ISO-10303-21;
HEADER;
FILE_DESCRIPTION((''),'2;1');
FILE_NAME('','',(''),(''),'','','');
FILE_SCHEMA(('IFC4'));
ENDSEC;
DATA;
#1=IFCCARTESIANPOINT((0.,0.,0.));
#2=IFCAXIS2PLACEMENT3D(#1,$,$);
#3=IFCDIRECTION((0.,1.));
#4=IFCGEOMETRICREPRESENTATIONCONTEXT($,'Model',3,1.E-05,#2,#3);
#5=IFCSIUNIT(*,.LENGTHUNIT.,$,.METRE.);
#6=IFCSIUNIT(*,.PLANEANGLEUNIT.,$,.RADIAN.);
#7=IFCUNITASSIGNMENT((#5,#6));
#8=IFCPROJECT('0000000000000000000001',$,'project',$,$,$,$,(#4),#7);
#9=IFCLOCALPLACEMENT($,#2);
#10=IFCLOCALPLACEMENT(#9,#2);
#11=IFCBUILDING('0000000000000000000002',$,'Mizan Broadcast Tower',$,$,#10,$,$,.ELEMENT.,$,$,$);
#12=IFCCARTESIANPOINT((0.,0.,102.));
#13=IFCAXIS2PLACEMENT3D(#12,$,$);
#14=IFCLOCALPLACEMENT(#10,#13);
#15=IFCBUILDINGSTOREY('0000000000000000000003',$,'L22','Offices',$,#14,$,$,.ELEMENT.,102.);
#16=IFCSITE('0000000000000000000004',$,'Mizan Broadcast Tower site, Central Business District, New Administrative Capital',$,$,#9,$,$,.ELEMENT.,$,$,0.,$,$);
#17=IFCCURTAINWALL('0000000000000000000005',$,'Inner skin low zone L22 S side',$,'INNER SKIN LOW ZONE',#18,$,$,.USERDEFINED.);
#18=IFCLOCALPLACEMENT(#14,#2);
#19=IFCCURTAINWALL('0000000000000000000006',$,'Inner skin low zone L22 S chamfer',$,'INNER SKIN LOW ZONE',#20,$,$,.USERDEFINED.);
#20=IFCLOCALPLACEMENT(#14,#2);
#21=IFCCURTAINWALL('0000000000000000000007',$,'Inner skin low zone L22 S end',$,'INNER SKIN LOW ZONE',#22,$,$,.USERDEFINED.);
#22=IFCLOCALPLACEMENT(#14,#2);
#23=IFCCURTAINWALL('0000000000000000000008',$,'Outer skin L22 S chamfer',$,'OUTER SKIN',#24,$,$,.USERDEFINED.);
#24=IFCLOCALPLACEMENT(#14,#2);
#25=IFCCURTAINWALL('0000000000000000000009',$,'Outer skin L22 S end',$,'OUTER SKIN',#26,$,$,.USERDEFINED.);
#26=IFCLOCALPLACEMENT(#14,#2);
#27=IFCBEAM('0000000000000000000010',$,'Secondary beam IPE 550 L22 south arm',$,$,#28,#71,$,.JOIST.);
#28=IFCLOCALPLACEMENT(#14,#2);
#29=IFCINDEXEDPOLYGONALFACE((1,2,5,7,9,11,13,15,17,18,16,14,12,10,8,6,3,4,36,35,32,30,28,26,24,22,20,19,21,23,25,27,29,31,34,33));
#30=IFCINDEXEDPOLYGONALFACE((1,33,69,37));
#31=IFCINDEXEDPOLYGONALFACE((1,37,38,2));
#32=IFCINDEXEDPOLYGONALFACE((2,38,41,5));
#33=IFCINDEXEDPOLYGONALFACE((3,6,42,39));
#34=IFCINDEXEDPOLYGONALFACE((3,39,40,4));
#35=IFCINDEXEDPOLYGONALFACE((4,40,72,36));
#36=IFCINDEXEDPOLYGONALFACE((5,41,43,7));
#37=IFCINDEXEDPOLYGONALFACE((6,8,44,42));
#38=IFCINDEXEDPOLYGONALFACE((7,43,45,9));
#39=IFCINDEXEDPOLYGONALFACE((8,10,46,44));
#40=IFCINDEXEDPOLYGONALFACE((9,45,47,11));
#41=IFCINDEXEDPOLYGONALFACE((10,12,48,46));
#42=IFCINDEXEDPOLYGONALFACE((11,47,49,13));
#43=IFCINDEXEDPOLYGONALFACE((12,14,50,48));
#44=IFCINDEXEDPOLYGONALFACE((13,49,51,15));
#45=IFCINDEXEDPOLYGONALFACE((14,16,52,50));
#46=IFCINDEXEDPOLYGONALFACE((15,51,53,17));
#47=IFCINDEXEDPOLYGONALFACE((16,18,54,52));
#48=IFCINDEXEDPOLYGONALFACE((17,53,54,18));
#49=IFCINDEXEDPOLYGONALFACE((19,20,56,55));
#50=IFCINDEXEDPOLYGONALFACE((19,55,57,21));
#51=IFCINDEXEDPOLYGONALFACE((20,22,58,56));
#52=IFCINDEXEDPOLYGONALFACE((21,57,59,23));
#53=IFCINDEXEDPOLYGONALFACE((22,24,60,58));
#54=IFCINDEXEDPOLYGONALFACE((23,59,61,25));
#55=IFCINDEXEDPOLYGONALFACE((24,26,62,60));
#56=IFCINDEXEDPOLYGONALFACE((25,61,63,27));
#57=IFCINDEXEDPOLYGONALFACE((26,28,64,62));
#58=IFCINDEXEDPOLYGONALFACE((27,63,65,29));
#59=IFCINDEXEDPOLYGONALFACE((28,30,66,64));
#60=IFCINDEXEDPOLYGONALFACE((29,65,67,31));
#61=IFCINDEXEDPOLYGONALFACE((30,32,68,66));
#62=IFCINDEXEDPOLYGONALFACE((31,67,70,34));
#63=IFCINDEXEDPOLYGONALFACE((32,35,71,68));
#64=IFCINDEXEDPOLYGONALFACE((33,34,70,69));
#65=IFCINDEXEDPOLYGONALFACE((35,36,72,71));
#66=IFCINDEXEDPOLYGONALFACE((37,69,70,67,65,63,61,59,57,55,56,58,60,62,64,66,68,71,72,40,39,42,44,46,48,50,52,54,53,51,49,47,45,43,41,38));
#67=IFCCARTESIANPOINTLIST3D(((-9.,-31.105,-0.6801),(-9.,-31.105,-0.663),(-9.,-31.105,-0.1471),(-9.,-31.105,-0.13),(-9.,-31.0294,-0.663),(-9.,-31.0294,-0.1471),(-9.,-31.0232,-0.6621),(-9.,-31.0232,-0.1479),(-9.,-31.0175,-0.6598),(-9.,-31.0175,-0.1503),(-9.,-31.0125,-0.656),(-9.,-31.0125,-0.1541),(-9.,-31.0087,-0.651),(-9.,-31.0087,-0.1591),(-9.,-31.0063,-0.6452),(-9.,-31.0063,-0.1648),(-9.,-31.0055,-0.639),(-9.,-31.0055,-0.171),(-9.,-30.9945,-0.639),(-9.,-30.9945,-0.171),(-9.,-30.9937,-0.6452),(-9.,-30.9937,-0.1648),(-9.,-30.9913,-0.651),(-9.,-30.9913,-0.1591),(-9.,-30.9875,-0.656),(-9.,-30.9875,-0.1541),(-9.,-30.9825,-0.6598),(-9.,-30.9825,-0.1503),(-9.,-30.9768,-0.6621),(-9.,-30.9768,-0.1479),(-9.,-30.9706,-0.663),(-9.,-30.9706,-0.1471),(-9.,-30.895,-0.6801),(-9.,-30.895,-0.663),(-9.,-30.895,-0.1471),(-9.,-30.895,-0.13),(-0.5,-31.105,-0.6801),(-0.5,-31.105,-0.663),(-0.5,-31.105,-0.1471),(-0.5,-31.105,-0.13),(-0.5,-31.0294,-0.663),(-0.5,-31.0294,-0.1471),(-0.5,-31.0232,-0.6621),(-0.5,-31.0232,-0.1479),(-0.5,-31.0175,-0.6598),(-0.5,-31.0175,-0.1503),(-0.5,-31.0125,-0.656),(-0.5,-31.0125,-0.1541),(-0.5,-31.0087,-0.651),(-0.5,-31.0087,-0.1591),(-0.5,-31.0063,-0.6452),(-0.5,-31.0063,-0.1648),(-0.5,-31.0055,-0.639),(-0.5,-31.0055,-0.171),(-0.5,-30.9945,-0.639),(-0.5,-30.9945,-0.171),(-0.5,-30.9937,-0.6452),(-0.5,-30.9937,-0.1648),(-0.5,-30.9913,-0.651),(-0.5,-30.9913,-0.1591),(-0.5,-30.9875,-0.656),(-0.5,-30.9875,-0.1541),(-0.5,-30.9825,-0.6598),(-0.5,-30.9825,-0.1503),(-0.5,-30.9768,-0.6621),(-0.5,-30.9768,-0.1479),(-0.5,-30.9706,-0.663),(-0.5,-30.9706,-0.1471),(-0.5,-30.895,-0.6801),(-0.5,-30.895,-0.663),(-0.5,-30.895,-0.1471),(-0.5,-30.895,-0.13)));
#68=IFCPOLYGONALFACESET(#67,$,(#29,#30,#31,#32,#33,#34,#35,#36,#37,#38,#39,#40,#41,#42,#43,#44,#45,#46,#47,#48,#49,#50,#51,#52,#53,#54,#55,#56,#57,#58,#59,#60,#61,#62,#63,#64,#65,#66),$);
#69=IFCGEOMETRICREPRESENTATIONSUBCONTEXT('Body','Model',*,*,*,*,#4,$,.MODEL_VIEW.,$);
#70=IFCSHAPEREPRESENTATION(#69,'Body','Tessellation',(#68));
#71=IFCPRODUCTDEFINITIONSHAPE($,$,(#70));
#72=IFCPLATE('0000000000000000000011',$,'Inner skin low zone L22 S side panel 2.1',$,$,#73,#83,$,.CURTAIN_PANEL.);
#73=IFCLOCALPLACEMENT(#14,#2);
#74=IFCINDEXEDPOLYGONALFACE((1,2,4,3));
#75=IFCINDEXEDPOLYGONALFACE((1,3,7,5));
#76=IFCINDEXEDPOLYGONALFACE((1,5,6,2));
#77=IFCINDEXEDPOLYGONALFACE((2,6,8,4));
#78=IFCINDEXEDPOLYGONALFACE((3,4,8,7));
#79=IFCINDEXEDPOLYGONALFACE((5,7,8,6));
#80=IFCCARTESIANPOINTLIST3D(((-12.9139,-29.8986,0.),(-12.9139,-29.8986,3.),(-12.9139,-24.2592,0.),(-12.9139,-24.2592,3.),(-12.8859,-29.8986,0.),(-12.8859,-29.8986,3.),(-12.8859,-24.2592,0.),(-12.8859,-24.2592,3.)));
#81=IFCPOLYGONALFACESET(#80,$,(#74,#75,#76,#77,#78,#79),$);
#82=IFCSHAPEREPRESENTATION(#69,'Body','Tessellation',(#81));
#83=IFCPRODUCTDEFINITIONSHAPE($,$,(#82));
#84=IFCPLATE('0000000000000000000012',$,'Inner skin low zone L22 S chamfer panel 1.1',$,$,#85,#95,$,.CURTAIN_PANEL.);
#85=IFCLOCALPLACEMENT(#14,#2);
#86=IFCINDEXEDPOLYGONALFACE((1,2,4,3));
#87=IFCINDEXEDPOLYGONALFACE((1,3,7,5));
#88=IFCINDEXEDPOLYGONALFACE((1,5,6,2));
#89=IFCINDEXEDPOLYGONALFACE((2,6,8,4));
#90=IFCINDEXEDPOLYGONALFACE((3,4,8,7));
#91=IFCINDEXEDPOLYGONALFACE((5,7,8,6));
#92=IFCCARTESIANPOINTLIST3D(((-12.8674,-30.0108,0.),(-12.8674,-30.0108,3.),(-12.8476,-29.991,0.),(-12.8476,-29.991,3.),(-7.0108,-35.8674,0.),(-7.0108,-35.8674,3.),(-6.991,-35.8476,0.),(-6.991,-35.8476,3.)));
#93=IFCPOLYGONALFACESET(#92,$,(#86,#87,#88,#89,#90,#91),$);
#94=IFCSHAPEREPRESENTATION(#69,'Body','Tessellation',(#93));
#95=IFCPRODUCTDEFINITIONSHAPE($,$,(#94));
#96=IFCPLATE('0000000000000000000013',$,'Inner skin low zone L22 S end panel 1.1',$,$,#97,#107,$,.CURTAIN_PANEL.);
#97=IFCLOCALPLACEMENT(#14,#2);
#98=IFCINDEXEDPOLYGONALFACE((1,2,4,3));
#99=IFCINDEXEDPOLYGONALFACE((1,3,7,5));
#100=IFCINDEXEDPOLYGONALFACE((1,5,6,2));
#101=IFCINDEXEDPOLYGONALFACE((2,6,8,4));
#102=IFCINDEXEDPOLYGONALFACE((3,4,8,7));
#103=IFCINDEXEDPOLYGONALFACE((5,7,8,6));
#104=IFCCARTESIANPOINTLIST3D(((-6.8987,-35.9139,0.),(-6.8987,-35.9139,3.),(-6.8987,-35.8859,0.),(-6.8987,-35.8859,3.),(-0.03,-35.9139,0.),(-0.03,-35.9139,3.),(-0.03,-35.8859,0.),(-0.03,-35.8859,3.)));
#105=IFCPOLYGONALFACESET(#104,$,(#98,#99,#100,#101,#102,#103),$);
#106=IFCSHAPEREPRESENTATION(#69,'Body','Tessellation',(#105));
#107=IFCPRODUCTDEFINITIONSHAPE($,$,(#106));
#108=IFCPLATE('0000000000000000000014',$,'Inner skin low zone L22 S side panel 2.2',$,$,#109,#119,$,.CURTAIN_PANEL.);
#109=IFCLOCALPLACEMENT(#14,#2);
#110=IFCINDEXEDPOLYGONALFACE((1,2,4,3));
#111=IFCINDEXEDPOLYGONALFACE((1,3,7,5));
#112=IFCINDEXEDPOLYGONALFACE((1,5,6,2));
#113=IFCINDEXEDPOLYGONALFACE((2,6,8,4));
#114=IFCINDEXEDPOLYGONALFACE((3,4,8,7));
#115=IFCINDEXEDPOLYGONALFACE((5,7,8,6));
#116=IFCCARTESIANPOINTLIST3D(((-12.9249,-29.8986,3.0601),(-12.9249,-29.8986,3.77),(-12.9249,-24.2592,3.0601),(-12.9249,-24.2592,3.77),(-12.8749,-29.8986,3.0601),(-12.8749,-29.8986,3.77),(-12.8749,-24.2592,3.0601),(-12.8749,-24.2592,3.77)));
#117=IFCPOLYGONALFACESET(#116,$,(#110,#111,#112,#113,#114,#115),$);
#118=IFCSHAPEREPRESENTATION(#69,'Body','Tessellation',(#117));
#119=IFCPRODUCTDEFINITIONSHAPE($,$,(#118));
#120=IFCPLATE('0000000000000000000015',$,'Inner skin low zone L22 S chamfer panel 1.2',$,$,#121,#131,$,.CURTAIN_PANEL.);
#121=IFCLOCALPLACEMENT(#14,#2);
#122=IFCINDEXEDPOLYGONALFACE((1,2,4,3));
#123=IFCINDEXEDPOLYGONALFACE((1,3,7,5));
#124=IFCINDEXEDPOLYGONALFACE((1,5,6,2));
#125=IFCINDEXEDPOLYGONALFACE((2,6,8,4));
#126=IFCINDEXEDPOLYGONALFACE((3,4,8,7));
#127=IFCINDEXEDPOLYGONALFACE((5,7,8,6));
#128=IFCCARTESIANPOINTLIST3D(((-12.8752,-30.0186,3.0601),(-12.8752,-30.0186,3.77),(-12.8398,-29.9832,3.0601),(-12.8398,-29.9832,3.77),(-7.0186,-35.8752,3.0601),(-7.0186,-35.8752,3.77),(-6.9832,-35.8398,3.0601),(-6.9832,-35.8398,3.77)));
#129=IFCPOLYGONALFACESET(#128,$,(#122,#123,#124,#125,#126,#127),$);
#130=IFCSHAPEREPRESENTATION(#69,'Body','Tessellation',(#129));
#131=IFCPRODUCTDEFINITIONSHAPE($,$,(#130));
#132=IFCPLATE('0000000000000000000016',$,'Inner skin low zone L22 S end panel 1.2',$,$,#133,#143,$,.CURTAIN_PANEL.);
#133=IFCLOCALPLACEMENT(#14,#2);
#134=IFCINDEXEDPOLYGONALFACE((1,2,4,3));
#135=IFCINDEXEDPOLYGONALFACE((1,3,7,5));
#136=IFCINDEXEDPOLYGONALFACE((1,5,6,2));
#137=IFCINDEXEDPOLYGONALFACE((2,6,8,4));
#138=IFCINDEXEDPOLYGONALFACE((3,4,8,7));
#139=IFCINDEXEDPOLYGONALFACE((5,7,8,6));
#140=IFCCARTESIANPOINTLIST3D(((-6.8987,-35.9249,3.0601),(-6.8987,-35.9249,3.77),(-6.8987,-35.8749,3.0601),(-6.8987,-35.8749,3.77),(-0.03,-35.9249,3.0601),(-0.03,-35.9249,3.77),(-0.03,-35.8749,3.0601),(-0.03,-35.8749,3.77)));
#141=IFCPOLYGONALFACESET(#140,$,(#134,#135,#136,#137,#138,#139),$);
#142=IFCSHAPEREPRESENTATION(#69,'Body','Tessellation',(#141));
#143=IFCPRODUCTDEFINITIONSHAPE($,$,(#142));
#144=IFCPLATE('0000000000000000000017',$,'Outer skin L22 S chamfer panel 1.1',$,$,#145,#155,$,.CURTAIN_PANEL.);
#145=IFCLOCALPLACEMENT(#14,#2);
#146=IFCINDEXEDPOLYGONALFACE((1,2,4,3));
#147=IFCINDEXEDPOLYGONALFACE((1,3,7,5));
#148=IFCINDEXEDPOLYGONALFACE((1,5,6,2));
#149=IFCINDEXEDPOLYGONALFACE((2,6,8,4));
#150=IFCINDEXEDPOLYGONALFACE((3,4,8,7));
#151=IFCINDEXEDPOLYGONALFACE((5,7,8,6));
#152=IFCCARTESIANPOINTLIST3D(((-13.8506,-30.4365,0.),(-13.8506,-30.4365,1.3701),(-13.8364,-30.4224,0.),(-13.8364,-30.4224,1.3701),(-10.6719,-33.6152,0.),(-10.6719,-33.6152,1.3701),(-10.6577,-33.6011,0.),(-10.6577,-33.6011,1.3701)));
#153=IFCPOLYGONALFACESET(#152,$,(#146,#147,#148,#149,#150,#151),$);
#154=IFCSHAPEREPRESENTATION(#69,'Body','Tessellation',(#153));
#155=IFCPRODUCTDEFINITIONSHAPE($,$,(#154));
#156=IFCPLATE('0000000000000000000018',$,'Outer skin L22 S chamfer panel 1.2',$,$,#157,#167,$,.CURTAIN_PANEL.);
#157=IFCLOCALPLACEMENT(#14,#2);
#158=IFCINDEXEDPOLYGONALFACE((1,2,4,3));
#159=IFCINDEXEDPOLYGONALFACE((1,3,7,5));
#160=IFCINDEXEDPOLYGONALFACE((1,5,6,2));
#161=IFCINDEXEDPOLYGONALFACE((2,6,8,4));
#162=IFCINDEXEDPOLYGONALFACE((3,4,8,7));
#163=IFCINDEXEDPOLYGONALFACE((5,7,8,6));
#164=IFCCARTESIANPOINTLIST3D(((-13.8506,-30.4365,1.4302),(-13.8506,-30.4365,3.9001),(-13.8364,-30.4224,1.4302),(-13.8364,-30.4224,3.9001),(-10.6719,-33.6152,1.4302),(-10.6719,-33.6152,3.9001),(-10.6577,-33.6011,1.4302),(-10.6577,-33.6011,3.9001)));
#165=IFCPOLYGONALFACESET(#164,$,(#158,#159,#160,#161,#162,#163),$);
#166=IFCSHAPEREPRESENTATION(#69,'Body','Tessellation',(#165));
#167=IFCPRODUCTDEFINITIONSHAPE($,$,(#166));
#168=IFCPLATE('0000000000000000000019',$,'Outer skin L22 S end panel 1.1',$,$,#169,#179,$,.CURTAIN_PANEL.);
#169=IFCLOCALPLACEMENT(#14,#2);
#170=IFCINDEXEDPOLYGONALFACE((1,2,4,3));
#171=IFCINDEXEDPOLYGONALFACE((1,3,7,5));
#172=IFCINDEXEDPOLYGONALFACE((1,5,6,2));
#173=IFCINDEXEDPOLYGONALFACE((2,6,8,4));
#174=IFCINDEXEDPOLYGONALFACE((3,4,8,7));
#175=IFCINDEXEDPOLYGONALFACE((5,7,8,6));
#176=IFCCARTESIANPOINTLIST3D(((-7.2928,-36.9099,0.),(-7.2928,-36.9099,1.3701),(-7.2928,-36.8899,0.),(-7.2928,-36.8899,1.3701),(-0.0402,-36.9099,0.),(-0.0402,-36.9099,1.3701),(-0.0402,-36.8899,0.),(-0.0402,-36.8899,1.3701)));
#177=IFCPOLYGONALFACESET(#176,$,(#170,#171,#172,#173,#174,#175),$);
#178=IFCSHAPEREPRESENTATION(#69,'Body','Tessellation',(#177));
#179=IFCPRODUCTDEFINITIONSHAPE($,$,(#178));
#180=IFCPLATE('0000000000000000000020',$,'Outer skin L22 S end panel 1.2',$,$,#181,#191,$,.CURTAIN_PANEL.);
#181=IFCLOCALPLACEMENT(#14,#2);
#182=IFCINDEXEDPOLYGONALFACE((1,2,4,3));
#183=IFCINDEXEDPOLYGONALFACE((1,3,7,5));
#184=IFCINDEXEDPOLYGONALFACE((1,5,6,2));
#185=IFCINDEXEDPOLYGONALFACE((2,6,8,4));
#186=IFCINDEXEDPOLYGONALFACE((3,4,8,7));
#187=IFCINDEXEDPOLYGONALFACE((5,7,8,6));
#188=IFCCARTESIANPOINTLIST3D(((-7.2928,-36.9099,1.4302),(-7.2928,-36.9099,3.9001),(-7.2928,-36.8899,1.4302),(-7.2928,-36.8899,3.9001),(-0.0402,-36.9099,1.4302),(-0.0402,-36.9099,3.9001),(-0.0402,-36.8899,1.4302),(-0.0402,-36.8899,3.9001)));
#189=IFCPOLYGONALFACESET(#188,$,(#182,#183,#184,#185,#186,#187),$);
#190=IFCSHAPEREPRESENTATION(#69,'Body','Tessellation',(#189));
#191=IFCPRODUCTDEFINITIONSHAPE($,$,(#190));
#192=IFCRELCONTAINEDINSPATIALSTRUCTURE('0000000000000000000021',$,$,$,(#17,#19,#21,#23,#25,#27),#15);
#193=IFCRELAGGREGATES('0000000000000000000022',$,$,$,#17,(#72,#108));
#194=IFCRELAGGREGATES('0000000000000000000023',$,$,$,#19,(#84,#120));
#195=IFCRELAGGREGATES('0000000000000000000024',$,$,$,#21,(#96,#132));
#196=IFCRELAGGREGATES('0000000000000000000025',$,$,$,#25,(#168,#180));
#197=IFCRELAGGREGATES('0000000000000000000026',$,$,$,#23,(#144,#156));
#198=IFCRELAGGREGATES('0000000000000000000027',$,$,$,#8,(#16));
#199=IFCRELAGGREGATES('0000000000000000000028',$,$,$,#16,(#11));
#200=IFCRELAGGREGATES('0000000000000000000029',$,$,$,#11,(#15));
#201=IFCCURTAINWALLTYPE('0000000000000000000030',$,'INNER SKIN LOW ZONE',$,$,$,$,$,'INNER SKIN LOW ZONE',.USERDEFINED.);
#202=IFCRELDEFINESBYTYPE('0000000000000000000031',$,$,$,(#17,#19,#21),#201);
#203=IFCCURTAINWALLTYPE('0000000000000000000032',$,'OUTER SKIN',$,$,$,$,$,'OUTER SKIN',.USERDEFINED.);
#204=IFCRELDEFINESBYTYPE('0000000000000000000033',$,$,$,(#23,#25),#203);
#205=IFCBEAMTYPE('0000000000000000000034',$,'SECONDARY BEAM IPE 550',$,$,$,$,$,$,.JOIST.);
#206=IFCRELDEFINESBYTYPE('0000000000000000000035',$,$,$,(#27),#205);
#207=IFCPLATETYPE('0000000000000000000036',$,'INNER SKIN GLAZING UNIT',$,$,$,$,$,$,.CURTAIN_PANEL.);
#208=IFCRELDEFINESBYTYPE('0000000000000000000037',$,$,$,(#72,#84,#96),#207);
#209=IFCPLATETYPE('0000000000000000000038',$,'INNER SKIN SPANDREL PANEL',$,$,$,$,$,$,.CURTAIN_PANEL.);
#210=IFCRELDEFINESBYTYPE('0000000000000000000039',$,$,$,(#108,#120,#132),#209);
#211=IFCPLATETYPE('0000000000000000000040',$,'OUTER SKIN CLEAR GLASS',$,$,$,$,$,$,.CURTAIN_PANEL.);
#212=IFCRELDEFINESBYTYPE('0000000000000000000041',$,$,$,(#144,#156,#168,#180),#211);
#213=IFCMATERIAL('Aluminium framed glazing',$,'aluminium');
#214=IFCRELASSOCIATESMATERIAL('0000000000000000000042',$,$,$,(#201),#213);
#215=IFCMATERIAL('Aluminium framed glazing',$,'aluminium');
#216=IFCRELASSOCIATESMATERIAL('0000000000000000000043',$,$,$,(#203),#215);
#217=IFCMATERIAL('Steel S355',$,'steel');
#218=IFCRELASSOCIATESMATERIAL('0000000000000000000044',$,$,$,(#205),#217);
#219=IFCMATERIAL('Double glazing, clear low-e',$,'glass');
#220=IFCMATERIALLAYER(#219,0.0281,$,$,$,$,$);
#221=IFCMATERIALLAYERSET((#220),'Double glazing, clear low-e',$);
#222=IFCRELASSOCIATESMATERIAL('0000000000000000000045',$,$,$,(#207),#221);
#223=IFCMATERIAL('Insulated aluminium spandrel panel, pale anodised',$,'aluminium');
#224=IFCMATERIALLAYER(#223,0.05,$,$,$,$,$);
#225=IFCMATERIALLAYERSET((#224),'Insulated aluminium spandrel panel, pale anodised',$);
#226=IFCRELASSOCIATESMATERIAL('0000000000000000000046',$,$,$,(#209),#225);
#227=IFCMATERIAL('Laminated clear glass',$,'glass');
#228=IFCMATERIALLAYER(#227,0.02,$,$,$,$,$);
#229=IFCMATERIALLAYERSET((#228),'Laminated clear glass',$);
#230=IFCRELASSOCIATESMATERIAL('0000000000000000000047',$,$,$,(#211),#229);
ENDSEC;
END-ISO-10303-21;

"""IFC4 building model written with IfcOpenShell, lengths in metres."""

from ifc_helpers import new_model, si_unit, direction, frame, origin, origin_2d, place, context, subcontext, project, spatial, rectangle, i_section, extrude, material, layer, layer_set, material_profile, profile_set, type_object, element, aggregate, save


model = new_model("IFC4")

# Units and contexts
model_context = context("Model", 3, precision=1e-05, world=origin(), true_north=direction((0.0, 1.0)))
body_context = subcontext(model_context, "Body", "Model", "MODEL_VIEW")
ifc_project = project(units=[si_unit("LENGTHUNIT", "METRE"), si_unit("PLANEANGLEUNIT", "RADIAN")], contexts=[model_context])

# Site, building, storey
site_placement = place(None, origin())
site = spatial("IfcSite", under=ifc_project, at=site_placement, Name="Mizan Broadcast Tower site, Central Business District, New Administrative Capital", CompositionType="ELEMENT", RefElevation=0.0)
building_placement = place(site_placement, origin())
building = spatial("IfcBuilding", under=site, at=building_placement, Name="Mizan Broadcast Tower", CompositionType="ELEMENT")
storey_placement = place(building_placement, frame((0.0, 0.0, 102.0)))
storey = spatial("IfcBuildingStorey", under=building, at=storey_placement, Name="L22", Description="Offices", CompositionType="ELEMENT", Elevation=102.0)

# Curtain wall
ifc_material_1 = material(Name="Aluminium framed glazing", Category="aluminium")
curtain_wall_type_1 = type_object("IfcCurtainWallType", Name="INNER SKIN LOW ZONE", ElementType="INNER SKIN LOW ZONE", PredefinedType="USERDEFINED", material=ifc_material_1)
curtain_wall_1_placement = place(storey_placement, origin())
curtain_wall_1 = element("IfcCurtainWall", 1, at=curtain_wall_1_placement, inside=storey, type_object=curtain_wall_type_1, Name="Inner skin low zone L22 S side", ObjectType="INNER SKIN LOW ZONE", PredefinedType="USERDEFINED")

# Curtain wall
curtain_wall_2_placement = place(storey_placement, origin())
curtain_wall_2 = element("IfcCurtainWall", 2, at=curtain_wall_2_placement, inside=storey, type_object=curtain_wall_type_1, Name="Inner skin low zone L22 S chamfer", ObjectType="INNER SKIN LOW ZONE", PredefinedType="USERDEFINED")

# Curtain wall
curtain_wall_3_placement = place(storey_placement, origin())
curtain_wall_3 = element("IfcCurtainWall", 3, at=curtain_wall_3_placement, inside=storey, type_object=curtain_wall_type_1, Name="Inner skin low zone L22 S end", ObjectType="INNER SKIN LOW ZONE", PredefinedType="USERDEFINED")

# Curtain wall
ifc_material_2 = material(Name="Aluminium framed glazing", Category="aluminium")
curtain_wall_type_2 = type_object("IfcCurtainWallType", Name="OUTER SKIN", ElementType="OUTER SKIN", PredefinedType="USERDEFINED", material=ifc_material_2)
curtain_wall_4_placement = place(storey_placement, origin())
curtain_wall_4 = element("IfcCurtainWall", 4, at=curtain_wall_4_placement, inside=storey, type_object=curtain_wall_type_2, Name="Outer skin L22 S chamfer", ObjectType="OUTER SKIN", PredefinedType="USERDEFINED")

# Curtain wall
curtain_wall_5_placement = place(storey_placement, origin())
curtain_wall_5 = element("IfcCurtainWall", 5, at=curtain_wall_5_placement, inside=storey, type_object=curtain_wall_type_2, Name="Outer skin L22 S end", ObjectType="OUTER SKIN", PredefinedType="USERDEFINED")

# Beam
ifc_material_3 = material(Name="Steel S355", Category="steel")
ifc_material_profile_1 = material_profile(ifc_material_3, i_section(OverallWidth=0.21, OverallDepth=0.55, WebThickness=0.011, FlangeThickness=0.0171, FilletRadius=0.0239, at=origin_2d()), Name="IPE 550")
ifc_profile_set_1 = profile_set([ifc_material_profile_1], Name="Steel S355")
beam_type_1 = type_object("IfcBeamType", Name="SECONDARY BEAM IPE 550", PredefinedType="JOIST", material=ifc_profile_set_1)
beam_1_placement = place(storey_placement, frame((-9.0, -31.0, -0.405), z_axis=(1.0, 0.0, 0.0), x_axis=(0.0, 1.0, 0.0)))
element("IfcBeam", 6, at=beam_1_placement, inside=storey, type_object=beam_type_1, Name="Secondary beam IPE 550 L22 south arm", PredefinedType="JOIST", context=body_context, shape_type="SweptSolid", body=[
    extrude(i_section(OverallWidth=0.21, OverallDepth=0.55, WebThickness=0.011, FlangeThickness=0.0171, FilletRadius=0.0239, at=origin_2d()), origin(), (0.0, 0.0, 1.0), 8.5),
])

# Plates
ifc_material_4 = material(Name="Double glazing, clear low-e", Category="glass")
ifc_layer_1 = layer(ifc_material_4, 0.0281)
ifc_layer_set_1 = layer_set([ifc_layer_1], Name="Double glazing, clear low-e")
plate_type_1 = type_object("IfcPlateType", Name="INNER SKIN GLAZING UNIT", PredefinedType="CURTAIN_PANEL", material=ifc_layer_set_1)
plate_1_placement = place(storey_placement, frame((-12.8999, -27.0789, 0.0), z_axis=(0.0, 0.0, 1.0), x_axis=(0.0, -1.0, 0.0)))
plate_1 = element("IfcPlate", 7, at=plate_1_placement, type_object=plate_type_1, Name="Inner skin low zone L22 S side panel 2.1", PredefinedType="CURTAIN_PANEL", context=body_context, shape_type="SweptSolid", body=[
    extrude(rectangle(XDim=5.6394, YDim=0.0281, at=origin_2d()), origin(), (0.0, 0.0, 1.0), 3.0),
])
plate_2_placement = place(storey_placement, frame((-9.9292, -32.9292, 0.0), z_axis=(0.0, 0.0, 1.0), x_axis=(0.707107, -0.707107, 0.0)))
plate_2 = element("IfcPlate", 8, at=plate_2_placement, type_object=plate_type_1, Name="Inner skin low zone L22 S chamfer panel 1.1", PredefinedType="CURTAIN_PANEL", context=body_context, shape_type="SweptSolid", body=[
    extrude(rectangle(XDim=8.2825, YDim=0.0281, at=origin_2d()), origin(), (0.0, 0.0, 1.0), 3.0),
])
plate_3_placement = place(storey_placement, frame((-3.4644, -35.8999, 0.0), z_axis=(0.0, 0.0, 1.0), x_axis=(1.0, 0.0, 0.0)))
plate_3 = element("IfcPlate", 9, at=plate_3_placement, type_object=plate_type_1, Name="Inner skin low zone L22 S end panel 1.1", PredefinedType="CURTAIN_PANEL", context=body_context, shape_type="SweptSolid", body=[
    extrude(rectangle(XDim=6.8687, YDim=0.0281, at=origin_2d()), origin(), (0.0, 0.0, 1.0), 3.0),
])
ifc_material_5 = material(Name="Insulated aluminium spandrel panel, pale anodised", Category="aluminium")
ifc_layer_2 = layer(ifc_material_5, 0.05)
ifc_layer_set_2 = layer_set([ifc_layer_2], Name="Insulated aluminium spandrel panel, pale anodised")
plate_type_2 = type_object("IfcPlateType", Name="INNER SKIN SPANDREL PANEL", PredefinedType="CURTAIN_PANEL", material=ifc_layer_set_2)
plate_4_placement = place(storey_placement, frame((-12.8999, -27.0789, 3.0601), z_axis=(0.0, 0.0, 1.0), x_axis=(0.0, -1.0, 0.0)))
plate_4 = element("IfcPlate", 10, at=plate_4_placement, type_object=plate_type_2, Name="Inner skin low zone L22 S side panel 2.2", PredefinedType="CURTAIN_PANEL", context=body_context, shape_type="SweptSolid", body=[
    extrude(rectangle(XDim=5.6394, YDim=0.05, at=origin_2d()), origin(), (0.0, 0.0, 1.0), 0.71),
])
aggregate(curtain_wall_1, [plate_1, plate_4])
plate_5_placement = place(storey_placement, frame((-9.9292, -32.9292, 3.0601), z_axis=(0.0, 0.0, 1.0), x_axis=(0.707107, -0.707107, 0.0)))
plate_5 = element("IfcPlate", 11, at=plate_5_placement, type_object=plate_type_2, Name="Inner skin low zone L22 S chamfer panel 1.2", PredefinedType="CURTAIN_PANEL", context=body_context, shape_type="SweptSolid", body=[
    extrude(rectangle(XDim=8.2825, YDim=0.05, at=origin_2d()), origin(), (0.0, 0.0, 1.0), 0.71),
])
aggregate(curtain_wall_2, [plate_2, plate_5])
plate_6_placement = place(storey_placement, frame((-3.4644, -35.8999, 3.0601), z_axis=(0.0, 0.0, 1.0), x_axis=(1.0, 0.0, 0.0)))
plate_6 = element("IfcPlate", 12, at=plate_6_placement, type_object=plate_type_2, Name="Inner skin low zone L22 S end panel 1.2", PredefinedType="CURTAIN_PANEL", context=body_context, shape_type="SweptSolid", body=[
    extrude(rectangle(XDim=6.8687, YDim=0.05, at=origin_2d()), origin(), (0.0, 0.0, 1.0), 0.71),
])
aggregate(curtain_wall_3, [plate_3, plate_6])
ifc_material_6 = material(Name="Laminated clear glass", Category="glass")
ifc_layer_3 = layer(ifc_material_6, 0.02)
ifc_layer_set_3 = layer_set([ifc_layer_3], Name="Laminated clear glass")
plate_type_3 = type_object("IfcPlateType", Name="OUTER SKIN CLEAR GLASS", PredefinedType="CURTAIN_PANEL", material=ifc_layer_set_3)
plate_7_placement = place(storey_placement, frame((-12.2542, -32.0188, 0.0), z_axis=(0.0, 0.0, 1.0), x_axis=(0.707107, -0.707107, 0.0)))
plate_7 = element("IfcPlate", 13, at=plate_7_placement, type_object=plate_type_3, Name="Outer skin L22 S chamfer panel 1.1", PredefinedType="CURTAIN_PANEL", context=body_context, shape_type="SweptSolid", body=[
    extrude(rectangle(XDim=4.4954, YDim=0.02, at=origin_2d()), origin(), (0.0, 0.0, 1.0), 1.3701),
])
plate_8_placement = place(storey_placement, frame((-12.2542, -32.0188, 1.4302), z_axis=(0.0, 0.0, 1.0), x_axis=(0.707107, -0.707107, 0.0)))
plate_8 = element("IfcPlate", 14, at=plate_8_placement, type_object=plate_type_3, Name="Outer skin L22 S chamfer panel 1.2", PredefinedType="CURTAIN_PANEL", context=body_context, shape_type="SweptSolid", body=[
    extrude(rectangle(XDim=4.4954, YDim=0.02, at=origin_2d()), origin(), (0.0, 0.0, 1.0), 2.47),
])
plate_9_placement = place(storey_placement, frame((-3.6665, -36.8999, 0.0), z_axis=(0.0, 0.0, 1.0), x_axis=(1.0, 0.0, 0.0)))
plate_9 = element("IfcPlate", 15, at=plate_9_placement, type_object=plate_type_3, Name="Outer skin L22 S end panel 1.1", PredefinedType="CURTAIN_PANEL", context=body_context, shape_type="SweptSolid", body=[
    extrude(rectangle(XDim=7.2527, YDim=0.02, at=origin_2d()), origin(), (0.0, 0.0, 1.0), 1.3701),
])
plate_10_placement = place(storey_placement, frame((-3.6665, -36.8999, 1.4302), z_axis=(0.0, 0.0, 1.0), x_axis=(1.0, 0.0, 0.0)))
plate_10 = element("IfcPlate", 16, at=plate_10_placement, type_object=plate_type_3, Name="Outer skin L22 S end panel 1.2", PredefinedType="CURTAIN_PANEL", context=body_context, shape_type="SweptSolid", body=[
    extrude(rectangle(XDim=7.2527, YDim=0.02, at=origin_2d()), origin(), (0.0, 0.0, 1.0), 2.47),
])
aggregate(curtain_wall_5, [plate_9, plate_10])
aggregate(curtain_wall_4, [plate_7, plate_8])

save(model, "model.ifc")
